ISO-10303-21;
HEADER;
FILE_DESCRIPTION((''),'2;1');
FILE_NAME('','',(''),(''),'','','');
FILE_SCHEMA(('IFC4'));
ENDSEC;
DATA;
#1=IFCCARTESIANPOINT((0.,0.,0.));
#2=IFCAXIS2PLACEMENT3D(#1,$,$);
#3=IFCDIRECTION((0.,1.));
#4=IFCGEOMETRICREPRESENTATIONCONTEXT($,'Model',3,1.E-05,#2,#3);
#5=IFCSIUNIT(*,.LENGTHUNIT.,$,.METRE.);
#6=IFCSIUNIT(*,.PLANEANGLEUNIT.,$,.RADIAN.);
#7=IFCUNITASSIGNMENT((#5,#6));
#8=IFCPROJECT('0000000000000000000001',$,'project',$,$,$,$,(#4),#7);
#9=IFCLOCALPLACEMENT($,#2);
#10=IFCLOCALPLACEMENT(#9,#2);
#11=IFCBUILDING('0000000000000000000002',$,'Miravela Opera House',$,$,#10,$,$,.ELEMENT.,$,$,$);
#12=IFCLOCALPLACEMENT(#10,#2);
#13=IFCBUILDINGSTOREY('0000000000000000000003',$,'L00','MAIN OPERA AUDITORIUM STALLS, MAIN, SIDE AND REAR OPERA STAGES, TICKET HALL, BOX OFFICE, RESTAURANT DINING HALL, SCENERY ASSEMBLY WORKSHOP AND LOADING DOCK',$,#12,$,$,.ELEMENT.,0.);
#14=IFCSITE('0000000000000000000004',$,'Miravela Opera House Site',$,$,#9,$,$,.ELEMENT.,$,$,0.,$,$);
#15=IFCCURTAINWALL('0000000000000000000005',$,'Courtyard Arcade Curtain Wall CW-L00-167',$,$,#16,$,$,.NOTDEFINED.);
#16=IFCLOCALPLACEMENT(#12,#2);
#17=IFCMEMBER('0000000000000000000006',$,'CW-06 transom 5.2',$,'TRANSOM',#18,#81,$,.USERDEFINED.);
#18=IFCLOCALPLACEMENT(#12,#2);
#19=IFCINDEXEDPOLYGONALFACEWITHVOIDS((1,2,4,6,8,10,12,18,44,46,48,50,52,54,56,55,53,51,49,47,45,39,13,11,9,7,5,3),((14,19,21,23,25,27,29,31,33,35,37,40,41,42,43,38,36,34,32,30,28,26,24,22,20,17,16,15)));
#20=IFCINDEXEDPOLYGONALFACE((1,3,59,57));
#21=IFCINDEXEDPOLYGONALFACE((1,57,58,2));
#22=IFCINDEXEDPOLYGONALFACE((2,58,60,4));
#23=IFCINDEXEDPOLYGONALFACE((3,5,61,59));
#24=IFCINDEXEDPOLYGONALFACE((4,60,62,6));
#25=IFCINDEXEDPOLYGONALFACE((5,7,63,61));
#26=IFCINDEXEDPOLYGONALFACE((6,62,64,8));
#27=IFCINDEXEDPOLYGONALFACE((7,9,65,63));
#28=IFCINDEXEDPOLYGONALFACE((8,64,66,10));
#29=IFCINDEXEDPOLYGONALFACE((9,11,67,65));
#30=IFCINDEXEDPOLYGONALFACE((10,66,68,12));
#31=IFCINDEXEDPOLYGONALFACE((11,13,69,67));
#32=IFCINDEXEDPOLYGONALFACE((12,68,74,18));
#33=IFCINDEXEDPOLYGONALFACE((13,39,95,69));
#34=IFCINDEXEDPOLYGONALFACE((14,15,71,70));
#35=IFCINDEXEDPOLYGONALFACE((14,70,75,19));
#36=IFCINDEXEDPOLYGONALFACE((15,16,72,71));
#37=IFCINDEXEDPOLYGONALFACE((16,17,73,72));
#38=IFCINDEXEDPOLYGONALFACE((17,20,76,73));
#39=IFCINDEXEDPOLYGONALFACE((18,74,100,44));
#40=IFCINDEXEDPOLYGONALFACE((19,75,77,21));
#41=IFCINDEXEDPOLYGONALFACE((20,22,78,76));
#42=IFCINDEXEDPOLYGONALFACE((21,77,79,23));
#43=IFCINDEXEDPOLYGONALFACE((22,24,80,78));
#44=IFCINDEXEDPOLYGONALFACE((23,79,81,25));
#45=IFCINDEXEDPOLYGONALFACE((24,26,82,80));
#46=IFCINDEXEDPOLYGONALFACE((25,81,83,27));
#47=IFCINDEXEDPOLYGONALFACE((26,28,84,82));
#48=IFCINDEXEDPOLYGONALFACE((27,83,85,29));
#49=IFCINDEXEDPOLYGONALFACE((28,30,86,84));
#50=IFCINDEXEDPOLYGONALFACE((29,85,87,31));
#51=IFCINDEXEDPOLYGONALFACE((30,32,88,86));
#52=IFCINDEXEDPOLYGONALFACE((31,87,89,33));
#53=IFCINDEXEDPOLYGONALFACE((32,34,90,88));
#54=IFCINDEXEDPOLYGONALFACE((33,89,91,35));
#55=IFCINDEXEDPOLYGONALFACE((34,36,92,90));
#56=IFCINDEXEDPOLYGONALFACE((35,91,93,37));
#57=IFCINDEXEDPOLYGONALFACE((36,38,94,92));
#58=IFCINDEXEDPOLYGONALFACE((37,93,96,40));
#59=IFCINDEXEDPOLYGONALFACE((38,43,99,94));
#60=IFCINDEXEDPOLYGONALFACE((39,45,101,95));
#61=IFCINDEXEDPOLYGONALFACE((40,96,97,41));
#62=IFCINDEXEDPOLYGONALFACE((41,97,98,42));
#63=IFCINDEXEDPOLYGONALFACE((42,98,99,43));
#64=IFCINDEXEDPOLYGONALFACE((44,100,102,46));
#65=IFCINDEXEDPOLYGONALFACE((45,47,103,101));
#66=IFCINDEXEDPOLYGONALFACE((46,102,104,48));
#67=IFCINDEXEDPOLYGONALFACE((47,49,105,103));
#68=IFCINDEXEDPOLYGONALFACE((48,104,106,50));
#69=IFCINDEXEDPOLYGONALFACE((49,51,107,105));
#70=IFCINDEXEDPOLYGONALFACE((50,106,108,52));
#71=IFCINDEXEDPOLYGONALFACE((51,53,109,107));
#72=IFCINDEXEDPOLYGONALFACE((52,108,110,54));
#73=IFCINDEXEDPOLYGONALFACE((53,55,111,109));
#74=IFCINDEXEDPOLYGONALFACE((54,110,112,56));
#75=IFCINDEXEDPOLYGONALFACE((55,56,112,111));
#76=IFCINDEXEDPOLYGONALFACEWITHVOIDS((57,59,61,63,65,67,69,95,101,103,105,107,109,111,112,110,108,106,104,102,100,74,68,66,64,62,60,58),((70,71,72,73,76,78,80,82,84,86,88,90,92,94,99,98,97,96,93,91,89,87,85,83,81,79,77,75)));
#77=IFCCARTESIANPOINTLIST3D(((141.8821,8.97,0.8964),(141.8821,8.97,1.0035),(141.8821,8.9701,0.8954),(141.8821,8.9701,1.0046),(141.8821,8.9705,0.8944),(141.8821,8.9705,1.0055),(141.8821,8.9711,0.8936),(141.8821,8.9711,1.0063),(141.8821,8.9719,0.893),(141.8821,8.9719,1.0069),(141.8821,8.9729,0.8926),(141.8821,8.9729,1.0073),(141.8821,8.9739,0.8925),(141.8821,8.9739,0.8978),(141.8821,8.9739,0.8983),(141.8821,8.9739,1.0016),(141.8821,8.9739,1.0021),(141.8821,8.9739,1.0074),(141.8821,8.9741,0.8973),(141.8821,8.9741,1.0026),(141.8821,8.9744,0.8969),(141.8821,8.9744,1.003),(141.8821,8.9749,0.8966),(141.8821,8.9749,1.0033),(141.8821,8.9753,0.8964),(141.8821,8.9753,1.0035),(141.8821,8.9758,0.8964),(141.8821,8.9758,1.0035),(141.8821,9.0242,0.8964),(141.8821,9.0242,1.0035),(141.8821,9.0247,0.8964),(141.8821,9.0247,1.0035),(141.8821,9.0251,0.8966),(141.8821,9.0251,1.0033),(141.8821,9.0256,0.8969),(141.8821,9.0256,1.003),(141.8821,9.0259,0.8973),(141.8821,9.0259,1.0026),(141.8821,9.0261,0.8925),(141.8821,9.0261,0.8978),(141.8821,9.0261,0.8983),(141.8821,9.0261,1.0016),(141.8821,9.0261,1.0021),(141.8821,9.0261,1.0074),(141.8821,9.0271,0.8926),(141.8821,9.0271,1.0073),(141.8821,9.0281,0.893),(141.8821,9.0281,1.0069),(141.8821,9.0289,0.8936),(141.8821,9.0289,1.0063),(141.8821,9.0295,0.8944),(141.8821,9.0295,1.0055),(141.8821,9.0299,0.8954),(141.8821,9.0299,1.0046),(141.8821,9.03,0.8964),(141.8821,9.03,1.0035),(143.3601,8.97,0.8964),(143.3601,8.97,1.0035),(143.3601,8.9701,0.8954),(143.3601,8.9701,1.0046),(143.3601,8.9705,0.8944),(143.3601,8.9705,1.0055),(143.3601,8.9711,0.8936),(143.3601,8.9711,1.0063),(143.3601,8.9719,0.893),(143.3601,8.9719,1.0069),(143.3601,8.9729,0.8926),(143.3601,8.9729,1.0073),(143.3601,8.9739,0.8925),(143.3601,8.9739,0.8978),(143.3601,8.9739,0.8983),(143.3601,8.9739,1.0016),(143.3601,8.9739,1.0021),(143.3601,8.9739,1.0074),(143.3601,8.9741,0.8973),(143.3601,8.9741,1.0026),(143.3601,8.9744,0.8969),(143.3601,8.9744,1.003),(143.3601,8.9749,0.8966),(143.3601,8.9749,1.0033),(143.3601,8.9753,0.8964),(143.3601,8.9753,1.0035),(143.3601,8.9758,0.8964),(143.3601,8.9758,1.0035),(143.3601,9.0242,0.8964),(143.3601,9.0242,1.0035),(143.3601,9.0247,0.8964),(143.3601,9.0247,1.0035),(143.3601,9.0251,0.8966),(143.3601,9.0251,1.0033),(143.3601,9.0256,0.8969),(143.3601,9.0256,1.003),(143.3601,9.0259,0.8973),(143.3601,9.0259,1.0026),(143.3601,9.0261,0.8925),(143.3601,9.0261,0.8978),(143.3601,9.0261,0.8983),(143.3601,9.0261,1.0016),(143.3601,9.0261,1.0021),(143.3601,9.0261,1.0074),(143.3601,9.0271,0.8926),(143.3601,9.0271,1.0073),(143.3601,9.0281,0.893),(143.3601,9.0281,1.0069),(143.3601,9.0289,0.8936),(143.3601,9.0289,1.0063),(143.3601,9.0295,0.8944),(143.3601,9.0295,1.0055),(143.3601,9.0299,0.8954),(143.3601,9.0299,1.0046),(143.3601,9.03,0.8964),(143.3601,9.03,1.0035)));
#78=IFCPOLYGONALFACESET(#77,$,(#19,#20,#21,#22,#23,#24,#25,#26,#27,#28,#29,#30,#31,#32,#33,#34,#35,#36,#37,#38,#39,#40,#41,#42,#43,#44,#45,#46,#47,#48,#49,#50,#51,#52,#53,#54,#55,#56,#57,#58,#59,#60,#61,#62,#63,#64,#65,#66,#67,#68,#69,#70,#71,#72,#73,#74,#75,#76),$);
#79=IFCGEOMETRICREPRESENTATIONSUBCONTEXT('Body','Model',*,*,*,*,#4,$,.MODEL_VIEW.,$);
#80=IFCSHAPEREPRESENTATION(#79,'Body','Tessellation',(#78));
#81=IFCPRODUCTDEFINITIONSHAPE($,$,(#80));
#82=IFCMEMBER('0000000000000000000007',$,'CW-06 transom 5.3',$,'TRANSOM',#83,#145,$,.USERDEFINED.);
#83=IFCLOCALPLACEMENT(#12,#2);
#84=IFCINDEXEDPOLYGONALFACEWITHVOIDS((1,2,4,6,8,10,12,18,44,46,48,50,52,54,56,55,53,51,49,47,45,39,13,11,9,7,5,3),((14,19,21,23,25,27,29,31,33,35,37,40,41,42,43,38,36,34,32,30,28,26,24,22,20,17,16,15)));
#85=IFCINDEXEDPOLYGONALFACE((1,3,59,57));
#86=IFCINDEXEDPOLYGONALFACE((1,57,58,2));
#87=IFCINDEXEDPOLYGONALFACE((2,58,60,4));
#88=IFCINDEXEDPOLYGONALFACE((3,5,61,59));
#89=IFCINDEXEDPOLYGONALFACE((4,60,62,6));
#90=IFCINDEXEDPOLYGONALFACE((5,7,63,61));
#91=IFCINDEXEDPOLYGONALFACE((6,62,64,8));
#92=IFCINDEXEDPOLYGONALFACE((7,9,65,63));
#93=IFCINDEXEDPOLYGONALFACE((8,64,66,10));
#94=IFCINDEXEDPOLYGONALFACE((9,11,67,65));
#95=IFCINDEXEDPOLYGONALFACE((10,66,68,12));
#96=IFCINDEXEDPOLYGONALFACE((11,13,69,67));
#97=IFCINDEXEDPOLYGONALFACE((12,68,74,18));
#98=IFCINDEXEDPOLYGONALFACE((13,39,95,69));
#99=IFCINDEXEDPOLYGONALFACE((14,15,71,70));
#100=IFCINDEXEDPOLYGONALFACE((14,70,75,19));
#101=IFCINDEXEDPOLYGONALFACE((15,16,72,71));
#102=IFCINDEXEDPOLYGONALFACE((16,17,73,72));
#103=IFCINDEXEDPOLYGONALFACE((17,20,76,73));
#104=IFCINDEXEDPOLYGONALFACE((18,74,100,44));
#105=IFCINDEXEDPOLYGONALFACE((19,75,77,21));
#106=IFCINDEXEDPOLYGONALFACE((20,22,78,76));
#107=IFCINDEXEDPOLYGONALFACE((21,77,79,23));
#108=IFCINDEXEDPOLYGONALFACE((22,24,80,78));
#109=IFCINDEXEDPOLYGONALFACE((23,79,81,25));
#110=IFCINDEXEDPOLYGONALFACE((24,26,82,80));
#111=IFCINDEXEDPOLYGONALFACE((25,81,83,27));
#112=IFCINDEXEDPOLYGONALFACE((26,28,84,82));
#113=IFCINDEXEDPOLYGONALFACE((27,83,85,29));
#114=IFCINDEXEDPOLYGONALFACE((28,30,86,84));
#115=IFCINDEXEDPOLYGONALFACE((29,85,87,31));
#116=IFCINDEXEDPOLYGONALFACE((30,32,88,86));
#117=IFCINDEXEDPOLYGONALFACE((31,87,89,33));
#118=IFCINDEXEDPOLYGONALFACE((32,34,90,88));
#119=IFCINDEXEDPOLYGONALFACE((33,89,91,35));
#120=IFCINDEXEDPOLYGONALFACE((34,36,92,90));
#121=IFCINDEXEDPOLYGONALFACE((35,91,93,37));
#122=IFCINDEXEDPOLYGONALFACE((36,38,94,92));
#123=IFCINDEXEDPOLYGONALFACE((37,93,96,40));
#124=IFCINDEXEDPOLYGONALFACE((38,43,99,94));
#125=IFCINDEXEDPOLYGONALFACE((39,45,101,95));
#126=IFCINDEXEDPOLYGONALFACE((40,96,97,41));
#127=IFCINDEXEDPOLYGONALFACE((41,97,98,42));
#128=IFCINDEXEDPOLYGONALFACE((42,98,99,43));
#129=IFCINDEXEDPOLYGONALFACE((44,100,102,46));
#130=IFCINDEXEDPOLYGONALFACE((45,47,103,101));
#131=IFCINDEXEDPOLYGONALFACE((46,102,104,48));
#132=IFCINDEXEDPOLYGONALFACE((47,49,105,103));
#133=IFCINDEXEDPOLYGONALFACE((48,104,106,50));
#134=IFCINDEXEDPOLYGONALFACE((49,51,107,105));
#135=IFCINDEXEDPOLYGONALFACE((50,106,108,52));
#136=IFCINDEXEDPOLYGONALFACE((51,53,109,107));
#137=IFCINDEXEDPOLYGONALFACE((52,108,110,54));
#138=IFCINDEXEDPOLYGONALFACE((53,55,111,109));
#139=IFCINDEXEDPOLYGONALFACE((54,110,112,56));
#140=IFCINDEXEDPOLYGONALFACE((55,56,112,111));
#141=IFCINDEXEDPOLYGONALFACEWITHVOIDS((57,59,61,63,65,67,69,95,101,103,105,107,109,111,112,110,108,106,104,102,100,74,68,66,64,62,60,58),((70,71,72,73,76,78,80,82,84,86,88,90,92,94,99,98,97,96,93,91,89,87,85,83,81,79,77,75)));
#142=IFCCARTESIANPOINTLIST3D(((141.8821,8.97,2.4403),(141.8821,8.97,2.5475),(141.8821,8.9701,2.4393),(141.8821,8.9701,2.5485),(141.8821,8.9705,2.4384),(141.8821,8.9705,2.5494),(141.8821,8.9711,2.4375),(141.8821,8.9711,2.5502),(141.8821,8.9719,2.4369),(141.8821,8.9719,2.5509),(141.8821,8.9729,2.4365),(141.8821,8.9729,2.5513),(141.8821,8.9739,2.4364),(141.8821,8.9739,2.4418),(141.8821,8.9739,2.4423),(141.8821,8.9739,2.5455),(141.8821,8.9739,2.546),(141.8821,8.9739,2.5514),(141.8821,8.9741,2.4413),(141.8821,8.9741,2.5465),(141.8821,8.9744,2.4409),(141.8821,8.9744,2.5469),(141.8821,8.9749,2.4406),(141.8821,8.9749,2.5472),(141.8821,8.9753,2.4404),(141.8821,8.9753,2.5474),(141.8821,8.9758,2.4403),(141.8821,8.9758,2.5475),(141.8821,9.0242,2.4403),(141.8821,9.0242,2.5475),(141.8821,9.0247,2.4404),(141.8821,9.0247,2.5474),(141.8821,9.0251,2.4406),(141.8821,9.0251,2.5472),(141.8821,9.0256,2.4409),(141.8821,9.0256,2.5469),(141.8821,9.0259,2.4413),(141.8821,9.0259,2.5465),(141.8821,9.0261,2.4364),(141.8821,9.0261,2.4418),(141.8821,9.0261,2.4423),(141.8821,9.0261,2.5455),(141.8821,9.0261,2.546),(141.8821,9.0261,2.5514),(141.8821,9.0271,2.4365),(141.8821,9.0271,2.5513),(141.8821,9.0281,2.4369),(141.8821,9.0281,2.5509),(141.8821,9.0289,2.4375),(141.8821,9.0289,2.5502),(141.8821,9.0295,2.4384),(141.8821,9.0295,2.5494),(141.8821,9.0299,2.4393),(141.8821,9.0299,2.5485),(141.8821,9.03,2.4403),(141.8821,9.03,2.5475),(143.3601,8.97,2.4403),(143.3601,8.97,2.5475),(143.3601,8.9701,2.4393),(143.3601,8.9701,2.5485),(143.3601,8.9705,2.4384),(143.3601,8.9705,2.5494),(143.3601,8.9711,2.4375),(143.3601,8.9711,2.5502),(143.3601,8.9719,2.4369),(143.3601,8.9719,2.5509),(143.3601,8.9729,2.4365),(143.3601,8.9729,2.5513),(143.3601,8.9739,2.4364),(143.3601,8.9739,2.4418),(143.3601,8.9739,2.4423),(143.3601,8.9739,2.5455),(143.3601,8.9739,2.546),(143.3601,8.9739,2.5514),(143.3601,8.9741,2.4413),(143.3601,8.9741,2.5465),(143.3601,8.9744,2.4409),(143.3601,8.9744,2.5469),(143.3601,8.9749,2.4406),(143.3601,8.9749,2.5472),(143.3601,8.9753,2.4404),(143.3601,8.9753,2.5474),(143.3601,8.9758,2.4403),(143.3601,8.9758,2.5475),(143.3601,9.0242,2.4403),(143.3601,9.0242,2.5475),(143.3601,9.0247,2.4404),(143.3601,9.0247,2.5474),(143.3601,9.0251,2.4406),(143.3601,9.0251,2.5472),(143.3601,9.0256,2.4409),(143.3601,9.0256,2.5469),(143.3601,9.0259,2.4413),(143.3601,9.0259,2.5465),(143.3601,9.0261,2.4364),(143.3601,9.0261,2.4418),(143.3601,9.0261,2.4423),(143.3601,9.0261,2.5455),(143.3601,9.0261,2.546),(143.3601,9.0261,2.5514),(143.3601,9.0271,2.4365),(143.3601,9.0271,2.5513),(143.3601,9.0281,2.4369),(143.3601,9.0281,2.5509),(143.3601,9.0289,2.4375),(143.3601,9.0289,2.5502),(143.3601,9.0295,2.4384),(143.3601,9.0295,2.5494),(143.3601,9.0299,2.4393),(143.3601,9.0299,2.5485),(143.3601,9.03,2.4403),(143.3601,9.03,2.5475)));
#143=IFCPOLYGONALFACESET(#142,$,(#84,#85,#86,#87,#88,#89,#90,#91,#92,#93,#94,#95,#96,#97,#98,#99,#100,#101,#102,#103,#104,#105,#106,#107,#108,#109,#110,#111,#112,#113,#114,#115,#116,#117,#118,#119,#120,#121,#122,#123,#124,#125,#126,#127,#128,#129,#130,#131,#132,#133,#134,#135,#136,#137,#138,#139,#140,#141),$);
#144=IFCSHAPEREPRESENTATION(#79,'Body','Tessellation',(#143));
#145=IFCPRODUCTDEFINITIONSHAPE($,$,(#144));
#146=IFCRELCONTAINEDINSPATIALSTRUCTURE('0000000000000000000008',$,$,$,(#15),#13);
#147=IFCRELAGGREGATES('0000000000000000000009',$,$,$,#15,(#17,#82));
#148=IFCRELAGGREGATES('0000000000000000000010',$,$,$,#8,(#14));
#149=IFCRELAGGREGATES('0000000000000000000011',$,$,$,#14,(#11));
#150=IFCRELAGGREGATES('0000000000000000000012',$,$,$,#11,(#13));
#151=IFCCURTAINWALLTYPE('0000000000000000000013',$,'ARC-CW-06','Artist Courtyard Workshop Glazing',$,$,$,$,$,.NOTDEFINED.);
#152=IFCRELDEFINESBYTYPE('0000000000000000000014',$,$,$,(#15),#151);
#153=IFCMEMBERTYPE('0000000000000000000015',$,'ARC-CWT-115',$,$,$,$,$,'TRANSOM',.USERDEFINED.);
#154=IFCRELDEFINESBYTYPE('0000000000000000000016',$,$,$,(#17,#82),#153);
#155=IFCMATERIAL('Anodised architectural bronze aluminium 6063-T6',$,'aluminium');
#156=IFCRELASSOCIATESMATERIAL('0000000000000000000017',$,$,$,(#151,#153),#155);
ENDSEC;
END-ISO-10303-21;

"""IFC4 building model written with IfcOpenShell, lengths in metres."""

from ifc_helpers import new_model, si_unit, direction, frame, origin, origin_2d, place, context, subcontext, project, spatial, hollow_rectangle, extrude, material, material_profile, profile_set, type_object, element, aggregate, save


model = new_model("IFC4")

# Units and contexts
model_context = context("Model", 3, precision=1e-05, world=origin(), true_north=direction((0.0, 1.0)))
body_context = subcontext(model_context, "Body", "Model", "MODEL_VIEW")
ifc_project = project(units=[si_unit("LENGTHUNIT", "METRE"), si_unit("PLANEANGLEUNIT", "RADIAN")], contexts=[model_context])

# Site, building, storey
site_placement = place(None, origin())
site = spatial("IfcSite", under=ifc_project, at=site_placement, Name="Miravela Opera House Site", CompositionType="ELEMENT", RefElevation=0.0)
building_placement = place(site_placement, origin())
building = spatial("IfcBuilding", under=site, at=building_placement, Name="Miravela Opera House", CompositionType="ELEMENT")
storey_placement = place(building_placement, origin())
storey = spatial("IfcBuildingStorey", under=building, at=storey_placement, Name="L00", Description="MAIN OPERA AUDITORIUM STALLS, MAIN, SIDE AND REAR OPERA STAGES, TICKET HALL, BOX OFFICE, RESTAURANT DINING HALL, SCENERY ASSEMBLY WORKSHOP AND LOADING DOCK", CompositionType="ELEMENT", Elevation=0.0)

# Curtain wall, members
ifc_material_1 = material(Name="Anodised architectural bronze aluminium 6063-T6", Category="aluminium")
curtain_wall_type = type_object("IfcCurtainWallType", Name="ARC-CW-06", Description="Artist Courtyard Workshop Glazing", PredefinedType="NOTDEFINED", material=ifc_material_1)
curtain_wall_placement = place(storey_placement, origin())
curtain_wall = element("IfcCurtainWall", 1, at=curtain_wall_placement, inside=storey, type_object=curtain_wall_type, Name="Courtyard Arcade Curtain Wall CW-L00-167", PredefinedType="NOTDEFINED")
ifc_material_profile_1 = material_profile(ifc_material_1, hollow_rectangle(XDim=0.0601, YDim=0.115, WallThickness=0.0039, InnerFilletRadius=0.002, OuterFilletRadius=0.0039, at=origin_2d()), Name="CWT-60X115")
ifc_profile_set_1 = profile_set([ifc_material_profile_1])
member_type_1 = type_object("IfcMemberType", Name="ARC-CWT-115", ElementType="TRANSOM", PredefinedType="USERDEFINED", material=ifc_profile_set_1)
member_1_placement = place(storey_placement, frame((141.8821, 9.0, 0.95), z_axis=(1.0, 0.0, 0.0), x_axis=(0.0, 1.0, 0.0)))
member_1 = element("IfcMember", 2, at=member_1_placement, type_object=member_type_1, Name="CW-06 transom 5.2", ObjectType="TRANSOM", PredefinedType="USERDEFINED", context=body_context, shape_type="SweptSolid", body=[
    extrude(hollow_rectangle(XDim=0.0601, YDim=0.115, WallThickness=0.0039, InnerFilletRadius=0.002, OuterFilletRadius=0.0039, at=origin_2d()), origin(), (0.0, 0.0, 1.0), 1.478),
])
member_2_placement = place(storey_placement, frame((141.8821, 9.0, 2.4939), z_axis=(1.0, 0.0, 0.0), x_axis=(0.0, 1.0, 0.0)))
member_2 = element("IfcMember", 3, at=member_2_placement, type_object=member_type_1, Name="CW-06 transom 5.3", ObjectType="TRANSOM", PredefinedType="USERDEFINED", context=body_context, shape_type="SweptSolid", body=[
    extrude(hollow_rectangle(XDim=0.0601, YDim=0.115, WallThickness=0.0039, InnerFilletRadius=0.002, OuterFilletRadius=0.0039, at=origin_2d()), origin(), (0.0, 0.0, 1.0), 1.478),
])
aggregate(curtain_wall, [member_1, member_2])

save(model, "model.ifc")
